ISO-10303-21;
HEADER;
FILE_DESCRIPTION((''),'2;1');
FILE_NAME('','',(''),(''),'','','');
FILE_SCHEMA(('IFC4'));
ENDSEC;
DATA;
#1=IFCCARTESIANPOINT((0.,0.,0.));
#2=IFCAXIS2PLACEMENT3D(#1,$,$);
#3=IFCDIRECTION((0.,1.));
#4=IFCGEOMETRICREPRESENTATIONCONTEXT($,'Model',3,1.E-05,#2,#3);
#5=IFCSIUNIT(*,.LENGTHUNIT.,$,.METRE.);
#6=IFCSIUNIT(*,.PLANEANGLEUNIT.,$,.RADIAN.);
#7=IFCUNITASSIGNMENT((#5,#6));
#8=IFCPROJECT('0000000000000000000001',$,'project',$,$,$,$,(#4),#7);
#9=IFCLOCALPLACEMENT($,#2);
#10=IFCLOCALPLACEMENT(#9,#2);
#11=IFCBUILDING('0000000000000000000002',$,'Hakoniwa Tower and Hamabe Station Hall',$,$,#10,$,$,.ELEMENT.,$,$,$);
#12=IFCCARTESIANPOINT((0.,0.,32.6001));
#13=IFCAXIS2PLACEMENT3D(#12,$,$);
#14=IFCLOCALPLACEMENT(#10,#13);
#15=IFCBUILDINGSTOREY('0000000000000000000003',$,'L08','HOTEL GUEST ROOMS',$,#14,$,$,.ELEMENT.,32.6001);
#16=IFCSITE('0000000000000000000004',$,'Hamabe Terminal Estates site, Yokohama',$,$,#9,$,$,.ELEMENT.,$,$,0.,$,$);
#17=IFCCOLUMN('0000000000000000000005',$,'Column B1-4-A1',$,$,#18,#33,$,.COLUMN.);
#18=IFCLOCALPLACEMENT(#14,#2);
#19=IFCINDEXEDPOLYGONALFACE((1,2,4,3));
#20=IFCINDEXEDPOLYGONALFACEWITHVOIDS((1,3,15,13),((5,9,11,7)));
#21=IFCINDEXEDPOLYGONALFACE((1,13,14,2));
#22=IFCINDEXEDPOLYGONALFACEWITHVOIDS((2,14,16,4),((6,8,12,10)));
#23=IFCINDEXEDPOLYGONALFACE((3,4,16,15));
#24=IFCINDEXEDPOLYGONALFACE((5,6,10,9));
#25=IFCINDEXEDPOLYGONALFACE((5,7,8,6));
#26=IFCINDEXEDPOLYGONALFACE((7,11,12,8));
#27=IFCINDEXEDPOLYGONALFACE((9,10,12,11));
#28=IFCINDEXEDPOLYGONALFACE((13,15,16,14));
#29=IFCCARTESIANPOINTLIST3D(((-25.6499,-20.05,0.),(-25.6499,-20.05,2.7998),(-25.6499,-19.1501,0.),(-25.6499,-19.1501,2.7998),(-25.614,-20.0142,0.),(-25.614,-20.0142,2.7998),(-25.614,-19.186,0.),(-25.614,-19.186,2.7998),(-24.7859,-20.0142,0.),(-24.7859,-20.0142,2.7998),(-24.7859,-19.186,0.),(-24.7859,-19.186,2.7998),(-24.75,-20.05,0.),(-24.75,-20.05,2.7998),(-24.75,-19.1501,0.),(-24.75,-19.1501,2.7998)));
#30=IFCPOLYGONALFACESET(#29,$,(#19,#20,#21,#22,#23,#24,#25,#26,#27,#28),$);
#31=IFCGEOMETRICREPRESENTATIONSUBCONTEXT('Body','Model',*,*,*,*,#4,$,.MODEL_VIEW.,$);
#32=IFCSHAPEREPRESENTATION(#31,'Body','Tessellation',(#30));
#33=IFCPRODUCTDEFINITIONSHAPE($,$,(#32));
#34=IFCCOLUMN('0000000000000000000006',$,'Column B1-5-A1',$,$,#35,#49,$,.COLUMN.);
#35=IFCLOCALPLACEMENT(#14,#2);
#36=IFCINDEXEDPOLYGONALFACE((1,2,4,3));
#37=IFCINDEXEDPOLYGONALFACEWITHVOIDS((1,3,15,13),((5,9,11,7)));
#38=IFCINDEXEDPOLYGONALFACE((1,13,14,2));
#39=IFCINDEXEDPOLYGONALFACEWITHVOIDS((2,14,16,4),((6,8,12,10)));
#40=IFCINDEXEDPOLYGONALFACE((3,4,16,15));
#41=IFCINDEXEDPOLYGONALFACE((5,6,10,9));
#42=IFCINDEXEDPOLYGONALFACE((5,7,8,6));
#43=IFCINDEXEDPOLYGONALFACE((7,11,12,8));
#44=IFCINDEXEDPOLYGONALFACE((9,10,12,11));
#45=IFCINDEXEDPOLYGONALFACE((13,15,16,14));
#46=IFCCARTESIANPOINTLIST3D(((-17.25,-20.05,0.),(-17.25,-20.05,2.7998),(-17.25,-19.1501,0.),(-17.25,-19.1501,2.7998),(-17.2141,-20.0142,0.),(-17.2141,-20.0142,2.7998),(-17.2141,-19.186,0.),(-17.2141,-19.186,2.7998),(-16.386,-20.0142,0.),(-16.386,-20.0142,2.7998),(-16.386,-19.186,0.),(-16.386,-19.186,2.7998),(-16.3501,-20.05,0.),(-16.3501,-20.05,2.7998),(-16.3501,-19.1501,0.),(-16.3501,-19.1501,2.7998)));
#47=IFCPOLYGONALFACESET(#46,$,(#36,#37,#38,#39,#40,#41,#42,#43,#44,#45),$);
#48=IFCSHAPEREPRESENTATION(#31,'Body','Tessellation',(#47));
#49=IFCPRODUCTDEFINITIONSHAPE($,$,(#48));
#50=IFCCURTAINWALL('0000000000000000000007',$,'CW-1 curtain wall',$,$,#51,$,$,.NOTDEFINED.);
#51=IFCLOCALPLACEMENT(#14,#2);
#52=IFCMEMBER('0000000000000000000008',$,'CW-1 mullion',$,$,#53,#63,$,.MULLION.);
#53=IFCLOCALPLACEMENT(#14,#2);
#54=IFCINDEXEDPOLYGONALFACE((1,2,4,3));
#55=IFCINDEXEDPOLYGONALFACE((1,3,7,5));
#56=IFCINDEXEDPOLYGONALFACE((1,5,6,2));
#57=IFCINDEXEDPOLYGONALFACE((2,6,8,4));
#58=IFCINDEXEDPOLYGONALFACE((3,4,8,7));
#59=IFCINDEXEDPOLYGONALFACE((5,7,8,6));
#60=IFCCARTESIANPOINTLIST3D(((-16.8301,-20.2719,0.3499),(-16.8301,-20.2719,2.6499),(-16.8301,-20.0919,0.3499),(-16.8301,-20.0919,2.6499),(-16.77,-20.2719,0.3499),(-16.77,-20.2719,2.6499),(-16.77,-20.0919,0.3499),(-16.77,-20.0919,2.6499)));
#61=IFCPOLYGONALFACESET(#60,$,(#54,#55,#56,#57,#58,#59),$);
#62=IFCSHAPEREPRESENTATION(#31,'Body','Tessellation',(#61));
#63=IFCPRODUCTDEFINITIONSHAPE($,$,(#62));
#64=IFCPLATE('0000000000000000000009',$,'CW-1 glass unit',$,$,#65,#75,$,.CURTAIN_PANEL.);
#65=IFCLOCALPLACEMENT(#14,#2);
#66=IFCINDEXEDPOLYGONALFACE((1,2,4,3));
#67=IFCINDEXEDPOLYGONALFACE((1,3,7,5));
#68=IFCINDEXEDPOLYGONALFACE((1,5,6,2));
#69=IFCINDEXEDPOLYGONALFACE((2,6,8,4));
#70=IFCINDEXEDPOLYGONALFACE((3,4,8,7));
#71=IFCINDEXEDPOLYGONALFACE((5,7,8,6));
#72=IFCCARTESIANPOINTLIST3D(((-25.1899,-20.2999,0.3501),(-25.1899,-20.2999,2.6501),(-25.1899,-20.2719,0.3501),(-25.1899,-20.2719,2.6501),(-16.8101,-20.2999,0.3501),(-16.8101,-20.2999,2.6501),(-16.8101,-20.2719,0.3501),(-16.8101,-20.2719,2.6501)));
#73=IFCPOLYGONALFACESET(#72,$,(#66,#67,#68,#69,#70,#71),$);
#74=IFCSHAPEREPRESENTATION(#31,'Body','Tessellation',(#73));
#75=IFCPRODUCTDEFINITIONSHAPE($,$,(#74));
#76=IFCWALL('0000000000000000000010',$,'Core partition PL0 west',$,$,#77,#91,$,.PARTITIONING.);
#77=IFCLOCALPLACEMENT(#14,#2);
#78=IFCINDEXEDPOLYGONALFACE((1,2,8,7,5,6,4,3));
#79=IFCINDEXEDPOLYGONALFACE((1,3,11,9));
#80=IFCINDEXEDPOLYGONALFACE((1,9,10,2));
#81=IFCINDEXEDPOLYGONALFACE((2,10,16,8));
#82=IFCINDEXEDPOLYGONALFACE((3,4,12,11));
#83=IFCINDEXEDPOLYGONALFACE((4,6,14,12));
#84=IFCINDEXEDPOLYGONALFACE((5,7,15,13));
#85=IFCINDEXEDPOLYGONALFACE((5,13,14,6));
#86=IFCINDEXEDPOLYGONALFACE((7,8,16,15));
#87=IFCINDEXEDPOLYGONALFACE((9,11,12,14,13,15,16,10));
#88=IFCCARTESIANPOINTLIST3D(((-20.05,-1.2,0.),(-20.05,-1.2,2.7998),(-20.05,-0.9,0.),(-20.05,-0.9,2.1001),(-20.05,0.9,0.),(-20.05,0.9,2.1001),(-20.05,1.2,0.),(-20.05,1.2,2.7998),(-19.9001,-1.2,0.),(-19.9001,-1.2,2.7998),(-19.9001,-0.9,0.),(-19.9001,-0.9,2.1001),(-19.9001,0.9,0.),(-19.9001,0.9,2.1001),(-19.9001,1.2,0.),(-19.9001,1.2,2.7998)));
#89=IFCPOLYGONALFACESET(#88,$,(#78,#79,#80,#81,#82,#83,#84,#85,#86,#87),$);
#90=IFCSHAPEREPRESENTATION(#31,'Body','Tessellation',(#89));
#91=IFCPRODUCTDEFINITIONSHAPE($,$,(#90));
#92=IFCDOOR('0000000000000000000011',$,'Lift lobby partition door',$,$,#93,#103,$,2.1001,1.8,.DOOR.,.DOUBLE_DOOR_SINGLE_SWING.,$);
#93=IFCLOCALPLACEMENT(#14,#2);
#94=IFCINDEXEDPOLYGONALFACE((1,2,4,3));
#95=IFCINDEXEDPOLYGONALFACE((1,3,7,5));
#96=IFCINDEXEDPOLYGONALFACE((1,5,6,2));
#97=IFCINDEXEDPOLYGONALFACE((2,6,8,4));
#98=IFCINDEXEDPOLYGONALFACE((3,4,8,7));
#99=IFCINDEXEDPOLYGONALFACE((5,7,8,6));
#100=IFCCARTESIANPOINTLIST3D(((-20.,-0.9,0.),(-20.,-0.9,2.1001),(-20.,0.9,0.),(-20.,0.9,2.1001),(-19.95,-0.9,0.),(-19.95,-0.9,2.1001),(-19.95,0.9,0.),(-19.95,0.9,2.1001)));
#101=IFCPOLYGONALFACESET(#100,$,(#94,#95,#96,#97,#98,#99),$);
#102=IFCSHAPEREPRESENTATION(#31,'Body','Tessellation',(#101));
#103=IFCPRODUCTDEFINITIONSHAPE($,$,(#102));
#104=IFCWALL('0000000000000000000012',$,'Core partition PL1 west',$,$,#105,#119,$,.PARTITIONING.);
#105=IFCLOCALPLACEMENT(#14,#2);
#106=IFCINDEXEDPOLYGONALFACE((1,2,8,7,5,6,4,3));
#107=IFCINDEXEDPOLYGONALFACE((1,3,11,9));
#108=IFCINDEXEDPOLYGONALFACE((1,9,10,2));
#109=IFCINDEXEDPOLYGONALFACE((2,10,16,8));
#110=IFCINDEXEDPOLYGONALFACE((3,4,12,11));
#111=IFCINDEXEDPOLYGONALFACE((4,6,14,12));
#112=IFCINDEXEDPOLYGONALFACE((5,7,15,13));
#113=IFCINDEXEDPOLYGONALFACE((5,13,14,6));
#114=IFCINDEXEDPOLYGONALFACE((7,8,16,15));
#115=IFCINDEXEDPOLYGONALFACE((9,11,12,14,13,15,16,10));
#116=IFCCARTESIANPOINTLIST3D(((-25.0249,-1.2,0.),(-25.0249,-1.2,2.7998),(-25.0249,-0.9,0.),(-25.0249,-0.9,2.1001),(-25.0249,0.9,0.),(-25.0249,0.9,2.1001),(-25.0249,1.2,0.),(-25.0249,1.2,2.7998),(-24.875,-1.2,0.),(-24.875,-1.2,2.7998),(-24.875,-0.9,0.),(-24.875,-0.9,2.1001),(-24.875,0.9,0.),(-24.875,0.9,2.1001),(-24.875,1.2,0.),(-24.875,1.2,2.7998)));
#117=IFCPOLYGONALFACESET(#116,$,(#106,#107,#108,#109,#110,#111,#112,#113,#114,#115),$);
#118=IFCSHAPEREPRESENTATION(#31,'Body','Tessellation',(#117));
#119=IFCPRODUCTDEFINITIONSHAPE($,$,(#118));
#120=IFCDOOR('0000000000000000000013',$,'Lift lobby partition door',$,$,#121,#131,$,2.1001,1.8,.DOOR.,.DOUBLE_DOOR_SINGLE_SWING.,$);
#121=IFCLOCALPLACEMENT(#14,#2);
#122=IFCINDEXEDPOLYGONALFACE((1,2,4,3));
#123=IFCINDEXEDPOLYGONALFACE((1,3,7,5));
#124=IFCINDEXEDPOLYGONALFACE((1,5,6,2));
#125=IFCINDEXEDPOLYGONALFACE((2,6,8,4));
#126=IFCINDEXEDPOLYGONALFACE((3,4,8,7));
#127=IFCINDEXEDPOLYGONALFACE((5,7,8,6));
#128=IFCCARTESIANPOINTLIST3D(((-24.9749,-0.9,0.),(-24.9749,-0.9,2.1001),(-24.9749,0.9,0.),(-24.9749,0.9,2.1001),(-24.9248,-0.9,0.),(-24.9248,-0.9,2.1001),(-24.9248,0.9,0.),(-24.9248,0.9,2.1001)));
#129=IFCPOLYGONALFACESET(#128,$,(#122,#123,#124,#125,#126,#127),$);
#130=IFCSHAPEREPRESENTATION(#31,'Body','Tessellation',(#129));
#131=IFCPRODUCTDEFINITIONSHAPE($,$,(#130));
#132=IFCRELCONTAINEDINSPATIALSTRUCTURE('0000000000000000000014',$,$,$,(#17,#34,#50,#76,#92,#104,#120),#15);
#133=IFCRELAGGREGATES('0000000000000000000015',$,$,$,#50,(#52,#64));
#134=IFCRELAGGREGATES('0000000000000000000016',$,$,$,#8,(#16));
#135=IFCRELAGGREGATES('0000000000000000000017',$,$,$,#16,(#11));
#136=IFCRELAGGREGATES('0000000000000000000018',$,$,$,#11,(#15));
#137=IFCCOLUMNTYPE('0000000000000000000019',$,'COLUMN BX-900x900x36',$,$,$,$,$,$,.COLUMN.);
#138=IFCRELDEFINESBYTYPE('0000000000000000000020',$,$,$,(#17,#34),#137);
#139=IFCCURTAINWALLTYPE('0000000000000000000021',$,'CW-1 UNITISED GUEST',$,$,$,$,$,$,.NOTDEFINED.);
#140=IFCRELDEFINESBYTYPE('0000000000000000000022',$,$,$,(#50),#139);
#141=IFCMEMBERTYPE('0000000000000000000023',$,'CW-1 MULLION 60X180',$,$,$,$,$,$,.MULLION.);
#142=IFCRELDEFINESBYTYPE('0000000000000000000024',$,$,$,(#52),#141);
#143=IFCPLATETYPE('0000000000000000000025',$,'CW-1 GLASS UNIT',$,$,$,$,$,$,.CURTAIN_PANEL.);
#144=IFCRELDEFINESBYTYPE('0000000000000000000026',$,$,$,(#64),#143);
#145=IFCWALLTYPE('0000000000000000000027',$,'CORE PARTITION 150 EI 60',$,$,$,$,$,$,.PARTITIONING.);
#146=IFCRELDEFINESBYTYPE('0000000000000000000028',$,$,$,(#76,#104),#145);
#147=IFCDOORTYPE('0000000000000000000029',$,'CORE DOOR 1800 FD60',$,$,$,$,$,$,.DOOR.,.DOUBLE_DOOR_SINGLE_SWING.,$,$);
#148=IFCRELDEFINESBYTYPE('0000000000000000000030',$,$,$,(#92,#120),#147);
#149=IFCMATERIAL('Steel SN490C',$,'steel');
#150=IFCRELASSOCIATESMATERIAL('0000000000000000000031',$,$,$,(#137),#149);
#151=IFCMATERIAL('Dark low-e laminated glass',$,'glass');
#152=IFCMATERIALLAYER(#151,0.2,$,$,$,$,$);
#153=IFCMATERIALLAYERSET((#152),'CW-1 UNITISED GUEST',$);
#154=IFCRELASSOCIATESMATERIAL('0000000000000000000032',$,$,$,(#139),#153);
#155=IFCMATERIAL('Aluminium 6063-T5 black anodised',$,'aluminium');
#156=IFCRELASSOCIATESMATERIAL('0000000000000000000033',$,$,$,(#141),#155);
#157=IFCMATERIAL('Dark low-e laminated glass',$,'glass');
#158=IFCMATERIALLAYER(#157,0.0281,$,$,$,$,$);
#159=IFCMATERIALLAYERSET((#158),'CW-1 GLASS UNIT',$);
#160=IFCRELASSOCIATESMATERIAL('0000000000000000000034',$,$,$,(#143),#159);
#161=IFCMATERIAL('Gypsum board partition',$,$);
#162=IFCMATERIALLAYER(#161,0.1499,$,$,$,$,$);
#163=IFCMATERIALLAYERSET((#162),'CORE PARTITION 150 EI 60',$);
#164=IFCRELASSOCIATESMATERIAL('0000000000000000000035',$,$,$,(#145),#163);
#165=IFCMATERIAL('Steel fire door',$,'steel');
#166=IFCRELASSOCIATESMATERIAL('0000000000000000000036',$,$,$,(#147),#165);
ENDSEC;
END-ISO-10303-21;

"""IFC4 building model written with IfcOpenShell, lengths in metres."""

from ifc_helpers import new_model, si_unit, direction, frame, frame_2d, origin, origin_2d, place, context, subcontext, project, spatial, rectangle, hollow_rectangle, extrude, material, layer, layer_set, material_profile, profile_set, type_object, element, fill, aggregate, save


model = new_model("IFC4")

# Units and contexts
model_context = context("Model", 3, precision=1e-05, world=origin(), true_north=direction((0.0, 1.0)))
body_context = subcontext(model_context, "Body", "Model", "MODEL_VIEW")
ifc_project = project(units=[si_unit("LENGTHUNIT", "METRE"), si_unit("PLANEANGLEUNIT", "RADIAN")], contexts=[model_context])

# Site, building, storey
site_placement = place(None, origin())
site = spatial("IfcSite", under=ifc_project, at=site_placement, Name="Hamabe Terminal Estates site, Yokohama", CompositionType="ELEMENT", RefElevation=0.0)
building_placement = place(site_placement, origin())
building = spatial("IfcBuilding", under=site, at=building_placement, Name="Hakoniwa Tower and Hamabe Station Hall", CompositionType="ELEMENT")
storey_placement = place(building_placement, frame((0.0, 0.0, 32.6001)))
storey = spatial("IfcBuildingStorey", under=building, at=storey_placement, Name="L08", Description="HOTEL GUEST ROOMS", CompositionType="ELEMENT", Elevation=32.6001)

# Columns
ifc_material_1 = material(Name="Steel SN490C", Category="steel")
ifc_material_profile_1 = material_profile(ifc_material_1, hollow_rectangle(XDim=0.8999, YDim=0.8999, WallThickness=0.0359, at=origin_2d()), Name="BX-900x900x36")
ifc_profile_set_1 = profile_set([ifc_material_profile_1], Name="Steel SN490C")
column_type = type_object("IfcColumnType", Name="COLUMN BX-900x900x36", PredefinedType="COLUMN", material=ifc_profile_set_1)
for number, where, z_axis, x_axis, name in (
    (1, (-25.2, -19.6001, 0.0), (0.0, 0.0, 1.0), (1.0, 0.0, 0.0), "Column B1-4-A1"),
    (2, (-16.8, -19.6001, 0.0), (0.0, 0.0, 1.0), (1.0, 0.0, 0.0), "Column B1-5-A1"),
):
    element("IfcColumn", number, at=place(storey_placement, frame(where, z_axis=z_axis, x_axis=x_axis)), inside=storey, type_object=column_type, Name=name, PredefinedType="COLUMN", context=body_context, shape_type="SweptSolid", body=[
        extrude(hollow_rectangle(XDim=0.8999, YDim=0.8999, WallThickness=0.0359, at=origin_2d()), origin(), (0.0, 0.0, 1.0), 2.7998),
    ])

# Curtain wall, member, plate
ifc_material_2 = material(Name="Dark low-e laminated glass", Category="glass")
ifc_layer_1 = layer(ifc_material_2, 0.2)
ifc_layer_set_1 = layer_set([ifc_layer_1], Name="CW-1 UNITISED GUEST")
curtain_wall_type = type_object("IfcCurtainWallType", Name="CW-1 UNITISED GUEST", PredefinedType="NOTDEFINED", material=ifc_layer_set_1)
curtain_wall_placement = place(storey_placement, origin())
curtain_wall = element("IfcCurtainWall", 3, at=curtain_wall_placement, inside=storey, type_object=curtain_wall_type, Name="CW-1 curtain wall", PredefinedType="NOTDEFINED")
ifc_material_3 = material(Name="Aluminium 6063-T5 black anodised", Category="aluminium")
ifc_material_profile_2 = material_profile(ifc_material_3, rectangle(XDim=0.0601, YDim=0.1799, at=origin_2d()), Name="CW-1 MULLION 60X180")
ifc_profile_set_2 = profile_set([ifc_material_profile_2], Name="Aluminium 6063-T5 black anodised")
member_type = type_object("IfcMemberType", Name="CW-1 MULLION 60X180", PredefinedType="MULLION", material=ifc_profile_set_2)
member_placement = place(storey_placement, frame((-16.8, -20.1819, 0.3499), z_axis=(0.0, 0.0, 1.0), x_axis=(1.0, 0.0, 0.0)))
member = element("IfcMember", 4, at=member_placement, type_object=member_type, Name="CW-1 mullion", PredefinedType="MULLION", context=body_context, shape_type="SweptSolid", body=[
    extrude(rectangle(XDim=0.0601, YDim=0.1799, at=origin_2d()), origin(), (0.0, 0.0, 1.0), 2.3),
])
ifc_material_4 = material(Name="Dark low-e laminated glass", Category="glass")
ifc_layer_2 = layer(ifc_material_4, 0.0281)
ifc_layer_set_2 = layer_set([ifc_layer_2], Name="CW-1 GLASS UNIT")
plate_type = type_object("IfcPlateType", Name="CW-1 GLASS UNIT", PredefinedType="CURTAIN_PANEL", material=ifc_layer_set_2)
plate_placement = place(storey_placement, frame((-21.0, -20.2859, 0.3501), z_axis=(0.0, 0.0, 1.0), x_axis=(1.0, 0.0, 0.0)))
plate = element("IfcPlate", 5, at=plate_placement, type_object=plate_type, Name="CW-1 glass unit", PredefinedType="CURTAIN_PANEL", context=body_context, shape_type="SweptSolid", body=[
    extrude(rectangle(XDim=8.3799, YDim=0.0281, at=origin_2d()), origin(), (0.0, 0.0, 1.0), 2.3),
])
aggregate(curtain_wall, [member, plate])

# Walls, openings, doors
ifc_material_5 = material(Name="Gypsum board partition")
ifc_layer_3 = layer(ifc_material_5, 0.1499)
ifc_layer_set_3 = layer_set([ifc_layer_3], Name="CORE PARTITION 150 EI 60")
wall_type_1 = type_object("IfcWallType", Name="CORE PARTITION 150 EI 60", PredefinedType="PARTITIONING", material=ifc_layer_set_3)
wall_1_placement = place(storey_placement, frame((-19.9751, -1.2, 0.0), z_axis=(0.0, 0.0, 1.0), x_axis=(0.0, 1.0, 0.0)))
wall_1 = element("IfcWall", 6, at=wall_1_placement, inside=storey, type_object=wall_type_1, Name="Core partition PL0 west", PredefinedType="PARTITIONING", context=body_context, shape_type="SweptSolid", body=[
    extrude(rectangle(XDim=2.3999, YDim=0.1499, at=frame_2d((1.2, 0.0))), origin(), (0.0, 0.0, 1.0), 2.7998),
])
opening_1_placement = place(wall_1_placement, frame((0.3, 0.0, 0.0)))
opening_1 = element("IfcOpeningElement", 7, at=opening_1_placement, cuts=wall_1, PredefinedType="OPENING", context=body_context, shape_type="SweptSolid", body=[
    extrude(rectangle(XDim=1.8, YDim=2.1001, at=frame_2d((0.8999, 1.05))), frame((0.0, 0.085, 0.0), z_axis=(0.0, -1.0, 0.0), x_axis=(1.0, 0.0, 0.0)), (0.0, 0.0, 1.0), 0.1699),
])
ifc_material_6 = material(Name="Steel fire door", Category="steel")
door_type_1 = type_object("IfcDoorType", Name="CORE DOOR 1800 FD60", OperationType="DOUBLE_DOOR_SINGLE_SWING", PredefinedType="DOOR", material=ifc_material_6)
door_1_placement = place(opening_1_placement, origin())
door_1 = element("IfcDoor", 8, at=door_1_placement, inside=storey, type_object=door_type_1, Name="Lift lobby partition door", OperationType="DOUBLE_DOOR_SINGLE_SWING", OverallHeight=2.1001, OverallWidth=1.8, PredefinedType="DOOR", context=body_context, shape_type="SweptSolid", body=[
    extrude(rectangle(XDim=1.8, YDim=2.1001, at=frame_2d((0.8999, 1.05))), frame((0.0, 0.0249, 0.0), z_axis=(0.0, -1.0, 0.0), x_axis=(1.0, 0.0, 0.0)), (0.0, 0.0, 1.0), 0.05),
])
fill(opening_1, door_1)
wall_2_placement = place(storey_placement, frame((-24.95, -1.2, 0.0), z_axis=(0.0, 0.0, 1.0), x_axis=(0.0, 1.0, 0.0)))
wall_2 = element("IfcWall", 9, at=wall_2_placement, inside=storey, type_object=wall_type_1, Name="Core partition PL1 west", PredefinedType="PARTITIONING", context=body_context, shape_type="SweptSolid", body=[
    extrude(rectangle(XDim=2.3999, YDim=0.1499, at=frame_2d((1.2, 0.0))), origin(), (0.0, 0.0, 1.0), 2.7998),
])
opening_2_placement = place(wall_2_placement, frame((0.3, 0.0, 0.0)))
opening_2 = element("IfcOpeningElement", 10, at=opening_2_placement, cuts=wall_2, PredefinedType="OPENING", context=body_context, shape_type="SweptSolid", body=[
    extrude(rectangle(XDim=1.8, YDim=2.1001, at=frame_2d((0.8999, 1.05))), frame((0.0, 0.085, 0.0), z_axis=(0.0, -1.0, 0.0), x_axis=(1.0, 0.0, 0.0)), (0.0, 0.0, 1.0), 0.1699),
])
door_2_placement = place(opening_2_placement, origin())
door_2 = element("IfcDoor", 11, at=door_2_placement, inside=storey, type_object=door_type_1, Name="Lift lobby partition door", OperationType="DOUBLE_DOOR_SINGLE_SWING", OverallHeight=2.1001, OverallWidth=1.8, PredefinedType="DOOR", context=body_context, shape_type="SweptSolid", body=[
    extrude(rectangle(XDim=1.8, YDim=2.1001, at=frame_2d((0.8999, 1.05))), frame((0.0, 0.0249, 0.0), z_axis=(0.0, -1.0, 0.0), x_axis=(1.0, 0.0, 0.0)), (0.0, 0.0, 1.0), 0.05),
])
fill(opening_2, door_2)

save(model, "model.ifc")
